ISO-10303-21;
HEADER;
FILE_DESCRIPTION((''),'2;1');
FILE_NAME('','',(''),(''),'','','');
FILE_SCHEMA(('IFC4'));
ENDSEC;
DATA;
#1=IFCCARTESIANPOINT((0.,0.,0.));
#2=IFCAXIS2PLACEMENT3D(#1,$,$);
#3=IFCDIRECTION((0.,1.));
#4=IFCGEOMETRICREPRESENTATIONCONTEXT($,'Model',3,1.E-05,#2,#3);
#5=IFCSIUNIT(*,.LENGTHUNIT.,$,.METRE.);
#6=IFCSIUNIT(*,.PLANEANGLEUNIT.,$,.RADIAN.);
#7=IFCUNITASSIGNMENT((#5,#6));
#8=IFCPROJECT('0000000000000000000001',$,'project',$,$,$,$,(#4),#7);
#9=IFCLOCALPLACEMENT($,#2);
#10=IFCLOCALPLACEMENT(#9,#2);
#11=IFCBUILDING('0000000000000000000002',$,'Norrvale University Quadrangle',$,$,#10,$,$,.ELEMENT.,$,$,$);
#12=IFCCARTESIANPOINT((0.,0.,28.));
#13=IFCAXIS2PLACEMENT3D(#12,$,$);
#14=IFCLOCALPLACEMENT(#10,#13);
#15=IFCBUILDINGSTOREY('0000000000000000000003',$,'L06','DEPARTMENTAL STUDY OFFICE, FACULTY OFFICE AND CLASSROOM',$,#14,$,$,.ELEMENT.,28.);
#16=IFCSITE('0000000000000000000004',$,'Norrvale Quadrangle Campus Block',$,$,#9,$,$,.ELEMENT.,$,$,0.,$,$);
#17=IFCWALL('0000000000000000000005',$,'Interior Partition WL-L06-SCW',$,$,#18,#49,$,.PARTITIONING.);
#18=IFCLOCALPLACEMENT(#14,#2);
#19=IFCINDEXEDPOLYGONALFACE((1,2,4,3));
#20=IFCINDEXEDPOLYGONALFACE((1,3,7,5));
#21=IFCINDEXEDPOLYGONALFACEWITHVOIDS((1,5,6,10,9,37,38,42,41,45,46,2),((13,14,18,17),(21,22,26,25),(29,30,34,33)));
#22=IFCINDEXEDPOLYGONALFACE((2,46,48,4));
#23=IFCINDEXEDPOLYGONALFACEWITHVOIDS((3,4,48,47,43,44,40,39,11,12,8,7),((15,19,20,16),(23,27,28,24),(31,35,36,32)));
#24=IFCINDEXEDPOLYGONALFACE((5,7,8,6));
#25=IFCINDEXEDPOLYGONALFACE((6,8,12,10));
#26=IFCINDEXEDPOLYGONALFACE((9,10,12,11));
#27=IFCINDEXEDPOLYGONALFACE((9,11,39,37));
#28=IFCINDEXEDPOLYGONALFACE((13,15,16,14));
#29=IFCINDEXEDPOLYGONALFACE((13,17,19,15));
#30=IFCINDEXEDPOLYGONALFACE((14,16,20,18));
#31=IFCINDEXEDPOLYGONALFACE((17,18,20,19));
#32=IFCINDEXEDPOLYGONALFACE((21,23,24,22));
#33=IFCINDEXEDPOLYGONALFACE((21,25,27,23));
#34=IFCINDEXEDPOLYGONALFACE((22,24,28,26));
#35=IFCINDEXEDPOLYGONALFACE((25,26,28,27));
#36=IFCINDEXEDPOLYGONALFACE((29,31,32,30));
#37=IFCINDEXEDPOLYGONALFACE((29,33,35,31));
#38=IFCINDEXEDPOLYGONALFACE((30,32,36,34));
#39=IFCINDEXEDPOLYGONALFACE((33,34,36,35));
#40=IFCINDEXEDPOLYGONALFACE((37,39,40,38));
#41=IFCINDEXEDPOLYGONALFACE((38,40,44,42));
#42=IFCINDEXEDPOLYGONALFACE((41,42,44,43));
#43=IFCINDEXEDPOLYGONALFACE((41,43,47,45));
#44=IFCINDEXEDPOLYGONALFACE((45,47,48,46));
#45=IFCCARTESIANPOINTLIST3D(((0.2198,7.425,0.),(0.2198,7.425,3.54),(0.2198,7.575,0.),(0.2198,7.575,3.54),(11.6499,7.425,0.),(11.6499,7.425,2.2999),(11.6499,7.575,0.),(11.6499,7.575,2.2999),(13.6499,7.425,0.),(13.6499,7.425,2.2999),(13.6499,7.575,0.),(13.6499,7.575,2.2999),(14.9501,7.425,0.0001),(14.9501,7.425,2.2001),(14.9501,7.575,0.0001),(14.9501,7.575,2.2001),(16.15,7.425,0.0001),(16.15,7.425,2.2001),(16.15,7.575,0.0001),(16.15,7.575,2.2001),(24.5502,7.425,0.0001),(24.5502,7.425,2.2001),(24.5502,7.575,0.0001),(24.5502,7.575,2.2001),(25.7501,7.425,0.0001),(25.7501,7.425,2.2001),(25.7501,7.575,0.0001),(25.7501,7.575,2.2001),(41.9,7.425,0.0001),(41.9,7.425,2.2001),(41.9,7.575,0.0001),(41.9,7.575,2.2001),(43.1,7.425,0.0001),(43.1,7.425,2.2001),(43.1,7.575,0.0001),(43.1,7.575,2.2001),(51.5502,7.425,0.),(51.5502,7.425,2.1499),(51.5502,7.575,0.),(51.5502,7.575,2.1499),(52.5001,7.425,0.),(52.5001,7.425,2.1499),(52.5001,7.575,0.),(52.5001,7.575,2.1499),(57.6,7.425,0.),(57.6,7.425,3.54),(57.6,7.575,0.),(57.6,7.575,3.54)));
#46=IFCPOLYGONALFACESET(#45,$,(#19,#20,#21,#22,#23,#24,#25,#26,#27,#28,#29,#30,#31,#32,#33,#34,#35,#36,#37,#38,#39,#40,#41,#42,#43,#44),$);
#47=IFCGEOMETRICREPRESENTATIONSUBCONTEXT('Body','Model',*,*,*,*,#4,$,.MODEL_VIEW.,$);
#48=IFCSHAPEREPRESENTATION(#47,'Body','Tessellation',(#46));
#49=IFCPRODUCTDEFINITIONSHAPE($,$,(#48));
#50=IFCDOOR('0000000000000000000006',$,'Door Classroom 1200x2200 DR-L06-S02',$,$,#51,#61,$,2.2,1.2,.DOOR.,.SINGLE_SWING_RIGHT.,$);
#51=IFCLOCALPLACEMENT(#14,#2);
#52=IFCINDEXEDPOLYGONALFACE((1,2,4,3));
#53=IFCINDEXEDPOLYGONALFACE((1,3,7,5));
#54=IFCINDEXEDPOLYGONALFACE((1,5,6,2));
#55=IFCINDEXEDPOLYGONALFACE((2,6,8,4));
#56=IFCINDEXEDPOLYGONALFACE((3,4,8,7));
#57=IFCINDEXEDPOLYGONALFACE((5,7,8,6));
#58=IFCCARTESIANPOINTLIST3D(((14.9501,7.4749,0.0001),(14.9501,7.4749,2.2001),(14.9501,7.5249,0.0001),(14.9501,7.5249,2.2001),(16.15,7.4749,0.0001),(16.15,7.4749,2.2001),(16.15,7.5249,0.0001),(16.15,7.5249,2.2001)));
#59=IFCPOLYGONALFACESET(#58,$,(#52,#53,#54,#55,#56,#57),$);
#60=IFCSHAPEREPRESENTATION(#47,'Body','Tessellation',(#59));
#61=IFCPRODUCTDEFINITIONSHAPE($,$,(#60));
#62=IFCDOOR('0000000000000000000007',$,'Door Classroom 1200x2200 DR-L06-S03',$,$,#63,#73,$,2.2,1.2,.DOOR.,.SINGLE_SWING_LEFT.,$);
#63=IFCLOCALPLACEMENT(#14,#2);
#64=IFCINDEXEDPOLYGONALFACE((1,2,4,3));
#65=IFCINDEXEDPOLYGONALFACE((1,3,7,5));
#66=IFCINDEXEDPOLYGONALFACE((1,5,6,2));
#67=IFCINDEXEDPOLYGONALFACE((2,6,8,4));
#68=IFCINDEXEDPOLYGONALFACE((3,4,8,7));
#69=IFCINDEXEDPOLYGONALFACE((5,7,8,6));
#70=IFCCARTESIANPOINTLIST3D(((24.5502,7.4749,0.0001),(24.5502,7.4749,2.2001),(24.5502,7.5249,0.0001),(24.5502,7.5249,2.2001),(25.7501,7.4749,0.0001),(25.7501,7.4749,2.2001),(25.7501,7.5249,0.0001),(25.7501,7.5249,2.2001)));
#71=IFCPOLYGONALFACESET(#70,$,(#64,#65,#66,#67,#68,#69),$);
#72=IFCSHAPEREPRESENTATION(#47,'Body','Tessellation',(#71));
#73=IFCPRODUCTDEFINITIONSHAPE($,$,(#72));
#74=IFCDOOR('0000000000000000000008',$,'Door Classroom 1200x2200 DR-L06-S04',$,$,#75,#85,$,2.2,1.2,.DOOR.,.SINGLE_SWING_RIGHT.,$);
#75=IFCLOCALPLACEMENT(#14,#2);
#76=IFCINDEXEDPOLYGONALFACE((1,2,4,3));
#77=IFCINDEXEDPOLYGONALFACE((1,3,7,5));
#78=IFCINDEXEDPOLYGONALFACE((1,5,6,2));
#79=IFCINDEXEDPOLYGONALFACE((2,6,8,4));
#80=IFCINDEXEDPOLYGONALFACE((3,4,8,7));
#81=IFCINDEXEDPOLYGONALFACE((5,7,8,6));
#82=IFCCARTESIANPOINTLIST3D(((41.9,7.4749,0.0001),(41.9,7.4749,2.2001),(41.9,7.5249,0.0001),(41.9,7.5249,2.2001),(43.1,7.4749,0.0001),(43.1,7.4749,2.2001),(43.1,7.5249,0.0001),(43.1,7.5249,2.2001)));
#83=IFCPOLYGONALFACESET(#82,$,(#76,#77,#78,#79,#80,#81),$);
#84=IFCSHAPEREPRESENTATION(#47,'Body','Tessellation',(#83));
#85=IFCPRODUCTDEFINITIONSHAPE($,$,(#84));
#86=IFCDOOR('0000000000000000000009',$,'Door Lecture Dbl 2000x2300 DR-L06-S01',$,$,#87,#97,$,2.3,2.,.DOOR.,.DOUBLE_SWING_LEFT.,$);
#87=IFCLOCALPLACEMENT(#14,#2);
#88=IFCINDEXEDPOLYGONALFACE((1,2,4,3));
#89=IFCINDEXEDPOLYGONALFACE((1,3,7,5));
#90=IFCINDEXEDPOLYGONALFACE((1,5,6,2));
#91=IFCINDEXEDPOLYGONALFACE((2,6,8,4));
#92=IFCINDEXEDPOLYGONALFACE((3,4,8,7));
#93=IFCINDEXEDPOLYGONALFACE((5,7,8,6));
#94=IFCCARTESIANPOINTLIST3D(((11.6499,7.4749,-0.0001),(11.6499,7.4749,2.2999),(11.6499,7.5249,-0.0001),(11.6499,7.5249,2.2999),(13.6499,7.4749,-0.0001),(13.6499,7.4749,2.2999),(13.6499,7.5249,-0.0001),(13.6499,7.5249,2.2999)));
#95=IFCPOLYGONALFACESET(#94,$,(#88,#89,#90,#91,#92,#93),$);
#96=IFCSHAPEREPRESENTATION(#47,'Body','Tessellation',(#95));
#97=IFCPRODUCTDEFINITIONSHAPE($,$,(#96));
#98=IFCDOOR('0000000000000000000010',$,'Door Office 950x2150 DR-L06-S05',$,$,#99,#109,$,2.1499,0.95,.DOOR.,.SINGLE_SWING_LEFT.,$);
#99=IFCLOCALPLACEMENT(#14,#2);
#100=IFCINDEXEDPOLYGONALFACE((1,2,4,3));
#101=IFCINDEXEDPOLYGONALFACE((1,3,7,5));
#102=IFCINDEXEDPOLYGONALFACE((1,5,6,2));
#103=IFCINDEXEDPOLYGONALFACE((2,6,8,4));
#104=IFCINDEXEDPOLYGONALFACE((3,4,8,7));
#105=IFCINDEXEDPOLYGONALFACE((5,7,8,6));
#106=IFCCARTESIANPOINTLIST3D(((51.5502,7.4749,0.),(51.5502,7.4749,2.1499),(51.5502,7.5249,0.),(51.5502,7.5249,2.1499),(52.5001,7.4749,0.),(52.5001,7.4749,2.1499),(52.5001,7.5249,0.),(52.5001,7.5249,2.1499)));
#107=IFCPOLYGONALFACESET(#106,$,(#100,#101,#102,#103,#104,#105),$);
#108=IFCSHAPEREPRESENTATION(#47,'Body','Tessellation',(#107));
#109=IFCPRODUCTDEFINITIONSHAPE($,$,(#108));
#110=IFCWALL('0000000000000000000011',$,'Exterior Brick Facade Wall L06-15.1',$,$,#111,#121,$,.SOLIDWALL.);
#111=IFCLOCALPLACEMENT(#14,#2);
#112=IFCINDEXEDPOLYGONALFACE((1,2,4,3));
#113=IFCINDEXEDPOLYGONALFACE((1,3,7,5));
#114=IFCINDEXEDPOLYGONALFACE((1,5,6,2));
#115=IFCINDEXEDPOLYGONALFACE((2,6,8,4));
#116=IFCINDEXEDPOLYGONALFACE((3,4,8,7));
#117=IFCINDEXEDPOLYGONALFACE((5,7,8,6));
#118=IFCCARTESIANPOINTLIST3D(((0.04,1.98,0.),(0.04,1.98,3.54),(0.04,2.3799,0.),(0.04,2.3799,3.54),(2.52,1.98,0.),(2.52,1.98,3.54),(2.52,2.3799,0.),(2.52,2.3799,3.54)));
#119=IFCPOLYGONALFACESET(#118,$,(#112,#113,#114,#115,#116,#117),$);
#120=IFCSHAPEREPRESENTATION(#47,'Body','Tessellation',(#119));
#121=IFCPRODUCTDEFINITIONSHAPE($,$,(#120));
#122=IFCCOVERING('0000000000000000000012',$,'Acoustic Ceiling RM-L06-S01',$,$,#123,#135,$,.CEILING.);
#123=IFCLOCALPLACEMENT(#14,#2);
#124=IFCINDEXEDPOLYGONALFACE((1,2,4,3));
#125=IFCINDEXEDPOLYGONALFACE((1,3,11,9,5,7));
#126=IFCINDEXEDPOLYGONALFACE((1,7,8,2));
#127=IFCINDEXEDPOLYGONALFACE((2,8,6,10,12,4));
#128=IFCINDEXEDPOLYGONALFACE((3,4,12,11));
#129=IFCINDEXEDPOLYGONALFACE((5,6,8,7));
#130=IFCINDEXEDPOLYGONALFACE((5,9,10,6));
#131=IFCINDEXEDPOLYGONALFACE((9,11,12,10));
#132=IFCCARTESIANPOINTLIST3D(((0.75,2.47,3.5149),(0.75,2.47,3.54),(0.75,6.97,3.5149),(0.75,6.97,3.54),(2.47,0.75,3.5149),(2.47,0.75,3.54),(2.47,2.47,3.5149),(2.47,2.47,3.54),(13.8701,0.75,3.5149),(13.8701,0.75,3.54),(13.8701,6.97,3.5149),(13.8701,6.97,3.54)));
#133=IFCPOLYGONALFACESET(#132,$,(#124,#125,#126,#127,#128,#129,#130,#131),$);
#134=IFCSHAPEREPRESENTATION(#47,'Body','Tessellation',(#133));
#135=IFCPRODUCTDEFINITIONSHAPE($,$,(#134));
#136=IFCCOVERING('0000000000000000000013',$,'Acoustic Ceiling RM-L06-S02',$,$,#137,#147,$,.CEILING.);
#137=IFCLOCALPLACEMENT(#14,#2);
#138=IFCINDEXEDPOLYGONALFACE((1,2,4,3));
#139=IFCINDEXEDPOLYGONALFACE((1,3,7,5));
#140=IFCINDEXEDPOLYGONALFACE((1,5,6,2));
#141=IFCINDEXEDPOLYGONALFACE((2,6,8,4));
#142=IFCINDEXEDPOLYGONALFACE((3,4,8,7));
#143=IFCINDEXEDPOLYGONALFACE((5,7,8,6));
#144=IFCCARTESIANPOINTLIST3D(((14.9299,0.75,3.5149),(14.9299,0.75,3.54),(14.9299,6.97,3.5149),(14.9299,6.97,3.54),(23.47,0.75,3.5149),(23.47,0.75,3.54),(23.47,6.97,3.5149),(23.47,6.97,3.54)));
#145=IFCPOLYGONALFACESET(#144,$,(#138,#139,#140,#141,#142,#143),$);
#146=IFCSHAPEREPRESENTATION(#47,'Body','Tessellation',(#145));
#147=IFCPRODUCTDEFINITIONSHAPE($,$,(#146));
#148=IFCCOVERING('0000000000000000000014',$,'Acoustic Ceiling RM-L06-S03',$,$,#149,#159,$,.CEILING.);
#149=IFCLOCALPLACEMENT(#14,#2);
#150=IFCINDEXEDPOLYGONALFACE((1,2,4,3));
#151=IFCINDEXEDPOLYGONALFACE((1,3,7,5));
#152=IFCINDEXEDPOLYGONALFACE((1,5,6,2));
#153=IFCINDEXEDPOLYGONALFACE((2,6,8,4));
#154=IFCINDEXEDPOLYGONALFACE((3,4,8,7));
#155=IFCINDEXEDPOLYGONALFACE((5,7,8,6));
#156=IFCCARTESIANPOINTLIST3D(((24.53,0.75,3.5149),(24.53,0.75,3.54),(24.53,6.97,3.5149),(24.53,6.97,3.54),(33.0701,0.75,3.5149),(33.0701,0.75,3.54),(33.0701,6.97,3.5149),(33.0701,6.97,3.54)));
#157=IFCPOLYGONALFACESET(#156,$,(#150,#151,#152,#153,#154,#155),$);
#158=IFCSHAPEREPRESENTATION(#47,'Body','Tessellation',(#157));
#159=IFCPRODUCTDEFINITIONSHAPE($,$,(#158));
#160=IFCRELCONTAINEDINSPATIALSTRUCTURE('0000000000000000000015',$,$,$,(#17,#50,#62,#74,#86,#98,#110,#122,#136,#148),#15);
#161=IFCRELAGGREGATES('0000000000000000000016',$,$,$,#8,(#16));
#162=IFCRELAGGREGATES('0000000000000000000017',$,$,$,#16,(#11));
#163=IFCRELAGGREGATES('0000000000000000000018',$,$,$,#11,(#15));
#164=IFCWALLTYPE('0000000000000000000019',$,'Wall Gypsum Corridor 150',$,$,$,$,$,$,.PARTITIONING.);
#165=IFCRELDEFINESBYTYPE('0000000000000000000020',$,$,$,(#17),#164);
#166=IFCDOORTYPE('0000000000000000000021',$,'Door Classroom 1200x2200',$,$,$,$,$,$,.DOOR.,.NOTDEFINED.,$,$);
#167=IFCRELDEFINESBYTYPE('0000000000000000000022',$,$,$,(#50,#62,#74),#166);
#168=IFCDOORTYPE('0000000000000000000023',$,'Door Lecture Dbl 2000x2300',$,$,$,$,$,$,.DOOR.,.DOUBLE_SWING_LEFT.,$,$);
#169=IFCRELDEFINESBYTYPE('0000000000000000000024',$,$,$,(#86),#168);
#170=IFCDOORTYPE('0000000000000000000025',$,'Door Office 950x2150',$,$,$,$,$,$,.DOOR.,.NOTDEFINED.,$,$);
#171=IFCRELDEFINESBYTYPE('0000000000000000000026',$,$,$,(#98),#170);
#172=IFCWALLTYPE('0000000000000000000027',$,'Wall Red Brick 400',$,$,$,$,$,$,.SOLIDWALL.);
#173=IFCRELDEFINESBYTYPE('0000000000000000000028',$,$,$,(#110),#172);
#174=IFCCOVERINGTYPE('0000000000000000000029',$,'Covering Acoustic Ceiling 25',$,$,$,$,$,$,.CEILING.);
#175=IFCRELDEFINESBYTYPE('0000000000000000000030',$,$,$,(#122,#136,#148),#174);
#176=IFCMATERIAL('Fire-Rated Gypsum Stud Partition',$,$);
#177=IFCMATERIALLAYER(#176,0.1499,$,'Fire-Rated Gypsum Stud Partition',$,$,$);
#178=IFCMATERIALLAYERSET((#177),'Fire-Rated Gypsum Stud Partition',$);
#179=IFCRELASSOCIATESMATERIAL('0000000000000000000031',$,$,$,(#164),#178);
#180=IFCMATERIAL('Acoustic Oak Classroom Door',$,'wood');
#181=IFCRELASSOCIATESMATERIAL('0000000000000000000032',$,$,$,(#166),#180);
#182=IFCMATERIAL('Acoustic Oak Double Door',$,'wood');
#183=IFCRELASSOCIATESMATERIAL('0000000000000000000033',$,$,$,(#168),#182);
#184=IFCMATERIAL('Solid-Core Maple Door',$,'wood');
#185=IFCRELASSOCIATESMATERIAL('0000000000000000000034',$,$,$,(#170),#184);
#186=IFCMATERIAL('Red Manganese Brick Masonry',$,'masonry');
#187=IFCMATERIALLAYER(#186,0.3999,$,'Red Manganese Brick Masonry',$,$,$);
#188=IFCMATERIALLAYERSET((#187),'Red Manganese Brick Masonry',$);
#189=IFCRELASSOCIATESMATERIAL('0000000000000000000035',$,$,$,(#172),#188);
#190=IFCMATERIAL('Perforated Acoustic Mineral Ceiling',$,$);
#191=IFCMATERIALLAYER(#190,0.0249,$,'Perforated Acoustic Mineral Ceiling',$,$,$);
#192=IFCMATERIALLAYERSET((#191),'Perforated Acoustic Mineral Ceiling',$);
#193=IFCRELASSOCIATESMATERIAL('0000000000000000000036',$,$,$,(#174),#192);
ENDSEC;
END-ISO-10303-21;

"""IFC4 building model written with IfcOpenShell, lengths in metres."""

from ifc_helpers import new_model, si_unit, direction, frame, frame_2d, origin, place, context, subcontext, project, spatial, polyline, rectangle, outline, extrude, material, layer, layer_set, type_object, element, fill, save


model = new_model("IFC4")

# Units and contexts
model_context = context("Model", 3, precision=1e-05, world=origin(), true_north=direction((0.0, 1.0)))
body_context = subcontext(model_context, "Body", "Model", "MODEL_VIEW")
ifc_project = project(units=[si_unit("LENGTHUNIT", "METRE"), si_unit("PLANEANGLEUNIT", "RADIAN")], contexts=[model_context])

# Site, building, storey
site_placement = place(None, origin())
site = spatial("IfcSite", under=ifc_project, at=site_placement, Name="Norrvale Quadrangle Campus Block", CompositionType="ELEMENT", RefElevation=0.0)
building_placement = place(site_placement, origin())
building = spatial("IfcBuilding", under=site, at=building_placement, Name="Norrvale University Quadrangle", CompositionType="ELEMENT")
storey_placement = place(building_placement, frame((0.0, 0.0, 28.0)))
storey = spatial("IfcBuildingStorey", under=building, at=storey_placement, Name="L06", Description="DEPARTMENTAL STUDY OFFICE, FACULTY OFFICE AND CLASSROOM", CompositionType="ELEMENT", Elevation=28.0)

# Wall, openings, doors
ifc_material_1 = material(Name="Fire-Rated Gypsum Stud Partition")
ifc_layer_1 = layer(ifc_material_1, 0.1499, Name="Fire-Rated Gypsum Stud Partition")
ifc_layer_set_1 = layer_set([ifc_layer_1], Name="Fire-Rated Gypsum Stud Partition")
wall_type_1 = type_object("IfcWallType", Name="Wall Gypsum Corridor 150", PredefinedType="PARTITIONING", material=ifc_layer_set_1)
wall_1_placement = place(storey_placement, frame((0.22, 7.5, 0.0), z_axis=(0.0, 0.0, 1.0), x_axis=(1.0, 0.0, 0.0)))
wall_1 = element("IfcWall", 1, at=wall_1_placement, inside=storey, type_object=wall_type_1, Name="Interior Partition WL-L06-SCW", PredefinedType="PARTITIONING", context=body_context, shape_type="SweptSolid", body=[
    extrude(rectangle(XDim=57.3801, YDim=0.1499, at=frame_2d((28.6899, 0.0))), origin(), (0.0, 0.0, 1.0), 3.54),
])
opening_1_placement = place(wall_1_placement, frame((11.4299, 0.0, 0.0)))
opening_1 = element("IfcOpeningElement", 2, at=opening_1_placement, cuts=wall_1, PredefinedType="OPENING", context=body_context, shape_type="SweptSolid", body=[
    extrude(rectangle(XDim=2.0, YDim=2.3, at=frame_2d((1.0, 1.1499))), frame((0.0, 0.0869, 0.0), z_axis=(0.0, -1.0, 0.0), x_axis=(1.0, 0.0, 0.0)), (0.0, 0.0, 1.0), 0.1738),
])
opening_2_placement = place(wall_1_placement, frame((14.73, 0.0, 0.0)))
opening_2 = element("IfcOpeningElement", 3, at=opening_2_placement, cuts=wall_1, PredefinedType="OPENING", context=body_context, shape_type="SweptSolid", body=[
    extrude(rectangle(XDim=1.2, YDim=2.2, at=frame_2d((0.6001, 1.1001))), frame((0.0, 0.0869, 0.0), z_axis=(0.0, -1.0, 0.0), x_axis=(1.0, 0.0, 0.0)), (0.0, 0.0, 1.0), 0.1738),
])
opening_3_placement = place(wall_1_placement, frame((24.3301, 0.0, 0.0)))
opening_3 = element("IfcOpeningElement", 4, at=opening_3_placement, cuts=wall_1, PredefinedType="OPENING", context=body_context, shape_type="SweptSolid", body=[
    extrude(rectangle(XDim=1.2, YDim=2.2, at=frame_2d((0.6001, 1.1001))), frame((0.0, 0.0869, 0.0), z_axis=(0.0, -1.0, 0.0), x_axis=(1.0, 0.0, 0.0)), (0.0, 0.0, 1.0), 0.1738),
])
opening_4_placement = place(wall_1_placement, frame((41.6799, 0.0, 0.0)))
opening_4 = element("IfcOpeningElement", 5, at=opening_4_placement, cuts=wall_1, PredefinedType="OPENING", context=body_context, shape_type="SweptSolid", body=[
    extrude(rectangle(XDim=1.2, YDim=2.2, at=frame_2d((0.6001, 1.1001))), frame((0.0, 0.0869, 0.0), z_axis=(0.0, -1.0, 0.0), x_axis=(1.0, 0.0, 0.0)), (0.0, 0.0, 1.0), 0.1738),
])
opening_5_placement = place(wall_1_placement, frame((51.3301, 0.0, 0.0)))
opening_5 = element("IfcOpeningElement", 6, at=opening_5_placement, cuts=wall_1, PredefinedType="OPENING", context=body_context, shape_type="SweptSolid", body=[
    extrude(rectangle(XDim=0.95, YDim=2.1499, at=frame_2d((0.4751, 1.075))), frame((0.0, 0.0869, 0.0), z_axis=(0.0, -1.0, 0.0), x_axis=(1.0, 0.0, 0.0)), (0.0, 0.0, 1.0), 0.1738),
])
ifc_material_2 = material(Name="Acoustic Oak Classroom Door", Category="wood")
door_type_1 = type_object("IfcDoorType", Name="Door Classroom 1200x2200", OperationType="NOTDEFINED", PredefinedType="DOOR", material=ifc_material_2)
door_1_placement = place(opening_2_placement, origin())
door_1 = element("IfcDoor", 7, at=door_1_placement, inside=storey, type_object=door_type_1, Name="Door Classroom 1200x2200 DR-L06-S02", OperationType="SINGLE_SWING_RIGHT", OverallHeight=2.2, OverallWidth=1.2, PredefinedType="DOOR", context=body_context, shape_type="SweptSolid", body=[
    extrude(rectangle(XDim=1.2, YDim=2.2, at=frame_2d((0.6001, 1.1001))), frame((0.0, 0.0249, 0.0), z_axis=(0.0, -1.0, 0.0), x_axis=(1.0, 0.0, 0.0)), (0.0, 0.0, 1.0), 0.05),
])
fill(opening_2, door_1)
door_2_placement = place(opening_3_placement, origin())
door_2 = element("IfcDoor", 8, at=door_2_placement, inside=storey, type_object=door_type_1, Name="Door Classroom 1200x2200 DR-L06-S03", OperationType="SINGLE_SWING_LEFT", OverallHeight=2.2, OverallWidth=1.2, PredefinedType="DOOR", context=body_context, shape_type="SweptSolid", body=[
    extrude(rectangle(XDim=1.2, YDim=2.2, at=frame_2d((0.6001, 1.1001))), frame((0.0, 0.0249, 0.0), z_axis=(0.0, -1.0, 0.0), x_axis=(1.0, 0.0, 0.0)), (0.0, 0.0, 1.0), 0.05),
])
fill(opening_3, door_2)
door_3_placement = place(opening_4_placement, origin())
door_3 = element("IfcDoor", 9, at=door_3_placement, inside=storey, type_object=door_type_1, Name="Door Classroom 1200x2200 DR-L06-S04", OperationType="SINGLE_SWING_RIGHT", OverallHeight=2.2, OverallWidth=1.2, PredefinedType="DOOR", context=body_context, shape_type="SweptSolid", body=[
    extrude(rectangle(XDim=1.2, YDim=2.2, at=frame_2d((0.6001, 1.1001))), frame((0.0, 0.0249, 0.0), z_axis=(0.0, -1.0, 0.0), x_axis=(1.0, 0.0, 0.0)), (0.0, 0.0, 1.0), 0.05),
])
fill(opening_4, door_3)
ifc_material_3 = material(Name="Acoustic Oak Double Door", Category="wood")
door_type_2 = type_object("IfcDoorType", Name="Door Lecture Dbl 2000x2300", OperationType="DOUBLE_SWING_LEFT", PredefinedType="DOOR", material=ifc_material_3)
door_4_placement = place(opening_1_placement, origin())
door_4 = element("IfcDoor", 10, at=door_4_placement, inside=storey, type_object=door_type_2, Name="Door Lecture Dbl 2000x2300 DR-L06-S01", OperationType="DOUBLE_SWING_LEFT", OverallHeight=2.3, OverallWidth=2.0, PredefinedType="DOOR", context=body_context, shape_type="SweptSolid", body=[
    extrude(rectangle(XDim=2.0, YDim=2.3, at=frame_2d((1.0, 1.1499))), frame((0.0, 0.0249, 0.0), z_axis=(0.0, -1.0, 0.0), x_axis=(1.0, 0.0, 0.0)), (0.0, 0.0, 1.0), 0.05),
])
fill(opening_1, door_4)
ifc_material_4 = material(Name="Solid-Core Maple Door", Category="wood")
door_type_3 = type_object("IfcDoorType", Name="Door Office 950x2150", OperationType="NOTDEFINED", PredefinedType="DOOR", material=ifc_material_4)
door_5_placement = place(opening_5_placement, origin())
door_5 = element("IfcDoor", 11, at=door_5_placement, inside=storey, type_object=door_type_3, Name="Door Office 950x2150 DR-L06-S05", OperationType="SINGLE_SWING_LEFT", OverallHeight=2.1499, OverallWidth=0.95, PredefinedType="DOOR", context=body_context, shape_type="SweptSolid", body=[
    extrude(rectangle(XDim=0.95, YDim=2.1499, at=frame_2d((0.4751, 1.075))), frame((0.0, 0.0249, 0.0), z_axis=(0.0, -1.0, 0.0), x_axis=(1.0, 0.0, 0.0)), (0.0, 0.0, 1.0), 0.05),
])
fill(opening_5, door_5)

# Wall
ifc_material_5 = material(Name="Red Manganese Brick Masonry", Category="masonry")
ifc_layer_2 = layer(ifc_material_5, 0.3999, Name="Red Manganese Brick Masonry")
ifc_layer_set_2 = layer_set([ifc_layer_2], Name="Red Manganese Brick Masonry")
wall_type_2 = type_object("IfcWallType", Name="Wall Red Brick 400", PredefinedType="SOLIDWALL", material=ifc_layer_set_2)
wall_2_placement = place(storey_placement, frame((0.04, 2.1799, 0.0), z_axis=(0.0, 0.0, 1.0), x_axis=(1.0, 0.0, 0.0)))
element("IfcWall", 12, at=wall_2_placement, inside=storey, type_object=wall_type_2, Name="Exterior Brick Facade Wall L06-15.1", PredefinedType="SOLIDWALL", context=body_context, shape_type="SweptSolid", body=[
    extrude(rectangle(XDim=2.48, YDim=0.3999, at=frame_2d((1.24, 0.0))), origin(), (0.0, 0.0, 1.0), 3.54),
])

# Coverings
ifc_material_6 = material(Name="Perforated Acoustic Mineral Ceiling")
ifc_layer_3 = layer(ifc_material_6, 0.0249, Name="Perforated Acoustic Mineral Ceiling")
ifc_layer_set_3 = layer_set([ifc_layer_3], Name="Perforated Acoustic Mineral Ceiling")
covering_type_1 = type_object("IfcCoveringType", Name="Covering Acoustic Ceiling 25", PredefinedType="CEILING", material=ifc_layer_set_3)
covering_1_placement = place(storey_placement, frame((0.0, 0.0, 3.5149)))
element("IfcCovering", 13, at=covering_1_placement, inside=storey, type_object=covering_type_1, Name="Acoustic Ceiling RM-L06-S01", PredefinedType="CEILING", context=body_context, shape_type="SweptSolid", body=[
    extrude(outline(polyline([(0.75, 6.97), (13.8701, 6.97), (13.8701, 0.75), (2.47, 0.75), (2.47, 2.47), (0.75, 2.47), (0.75, 6.97)])), origin(), (0.0, 0.0, 1.0), 0.0251),
])
covering_2_placement = place(storey_placement, frame((0.0, 0.0, 3.5149)))
element("IfcCovering", 14, at=covering_2_placement, inside=storey, type_object=covering_type_1, Name="Acoustic Ceiling RM-L06-S02", PredefinedType="CEILING", context=body_context, shape_type="SweptSolid", body=[
    extrude(outline(polyline([(14.9299, 6.97), (23.47, 6.97), (23.47, 0.75), (14.9299, 0.75), (14.9299, 6.97)])), origin(), (0.0, 0.0, 1.0), 0.0251),
])
covering_3_placement = place(storey_placement, frame((0.0, 0.0, 3.5149)))
element("IfcCovering", 15, at=covering_3_placement, inside=storey, type_object=covering_type_1, Name="Acoustic Ceiling RM-L06-S03", PredefinedType="CEILING", context=body_context, shape_type="SweptSolid", body=[
    extrude(outline(polyline([(24.53, 6.97), (33.0701, 6.97), (33.0701, 0.75), (24.53, 0.75), (24.53, 6.97)])), origin(), (0.0, 0.0, 1.0), 0.0251),
])

save(model, "model.ifc")
